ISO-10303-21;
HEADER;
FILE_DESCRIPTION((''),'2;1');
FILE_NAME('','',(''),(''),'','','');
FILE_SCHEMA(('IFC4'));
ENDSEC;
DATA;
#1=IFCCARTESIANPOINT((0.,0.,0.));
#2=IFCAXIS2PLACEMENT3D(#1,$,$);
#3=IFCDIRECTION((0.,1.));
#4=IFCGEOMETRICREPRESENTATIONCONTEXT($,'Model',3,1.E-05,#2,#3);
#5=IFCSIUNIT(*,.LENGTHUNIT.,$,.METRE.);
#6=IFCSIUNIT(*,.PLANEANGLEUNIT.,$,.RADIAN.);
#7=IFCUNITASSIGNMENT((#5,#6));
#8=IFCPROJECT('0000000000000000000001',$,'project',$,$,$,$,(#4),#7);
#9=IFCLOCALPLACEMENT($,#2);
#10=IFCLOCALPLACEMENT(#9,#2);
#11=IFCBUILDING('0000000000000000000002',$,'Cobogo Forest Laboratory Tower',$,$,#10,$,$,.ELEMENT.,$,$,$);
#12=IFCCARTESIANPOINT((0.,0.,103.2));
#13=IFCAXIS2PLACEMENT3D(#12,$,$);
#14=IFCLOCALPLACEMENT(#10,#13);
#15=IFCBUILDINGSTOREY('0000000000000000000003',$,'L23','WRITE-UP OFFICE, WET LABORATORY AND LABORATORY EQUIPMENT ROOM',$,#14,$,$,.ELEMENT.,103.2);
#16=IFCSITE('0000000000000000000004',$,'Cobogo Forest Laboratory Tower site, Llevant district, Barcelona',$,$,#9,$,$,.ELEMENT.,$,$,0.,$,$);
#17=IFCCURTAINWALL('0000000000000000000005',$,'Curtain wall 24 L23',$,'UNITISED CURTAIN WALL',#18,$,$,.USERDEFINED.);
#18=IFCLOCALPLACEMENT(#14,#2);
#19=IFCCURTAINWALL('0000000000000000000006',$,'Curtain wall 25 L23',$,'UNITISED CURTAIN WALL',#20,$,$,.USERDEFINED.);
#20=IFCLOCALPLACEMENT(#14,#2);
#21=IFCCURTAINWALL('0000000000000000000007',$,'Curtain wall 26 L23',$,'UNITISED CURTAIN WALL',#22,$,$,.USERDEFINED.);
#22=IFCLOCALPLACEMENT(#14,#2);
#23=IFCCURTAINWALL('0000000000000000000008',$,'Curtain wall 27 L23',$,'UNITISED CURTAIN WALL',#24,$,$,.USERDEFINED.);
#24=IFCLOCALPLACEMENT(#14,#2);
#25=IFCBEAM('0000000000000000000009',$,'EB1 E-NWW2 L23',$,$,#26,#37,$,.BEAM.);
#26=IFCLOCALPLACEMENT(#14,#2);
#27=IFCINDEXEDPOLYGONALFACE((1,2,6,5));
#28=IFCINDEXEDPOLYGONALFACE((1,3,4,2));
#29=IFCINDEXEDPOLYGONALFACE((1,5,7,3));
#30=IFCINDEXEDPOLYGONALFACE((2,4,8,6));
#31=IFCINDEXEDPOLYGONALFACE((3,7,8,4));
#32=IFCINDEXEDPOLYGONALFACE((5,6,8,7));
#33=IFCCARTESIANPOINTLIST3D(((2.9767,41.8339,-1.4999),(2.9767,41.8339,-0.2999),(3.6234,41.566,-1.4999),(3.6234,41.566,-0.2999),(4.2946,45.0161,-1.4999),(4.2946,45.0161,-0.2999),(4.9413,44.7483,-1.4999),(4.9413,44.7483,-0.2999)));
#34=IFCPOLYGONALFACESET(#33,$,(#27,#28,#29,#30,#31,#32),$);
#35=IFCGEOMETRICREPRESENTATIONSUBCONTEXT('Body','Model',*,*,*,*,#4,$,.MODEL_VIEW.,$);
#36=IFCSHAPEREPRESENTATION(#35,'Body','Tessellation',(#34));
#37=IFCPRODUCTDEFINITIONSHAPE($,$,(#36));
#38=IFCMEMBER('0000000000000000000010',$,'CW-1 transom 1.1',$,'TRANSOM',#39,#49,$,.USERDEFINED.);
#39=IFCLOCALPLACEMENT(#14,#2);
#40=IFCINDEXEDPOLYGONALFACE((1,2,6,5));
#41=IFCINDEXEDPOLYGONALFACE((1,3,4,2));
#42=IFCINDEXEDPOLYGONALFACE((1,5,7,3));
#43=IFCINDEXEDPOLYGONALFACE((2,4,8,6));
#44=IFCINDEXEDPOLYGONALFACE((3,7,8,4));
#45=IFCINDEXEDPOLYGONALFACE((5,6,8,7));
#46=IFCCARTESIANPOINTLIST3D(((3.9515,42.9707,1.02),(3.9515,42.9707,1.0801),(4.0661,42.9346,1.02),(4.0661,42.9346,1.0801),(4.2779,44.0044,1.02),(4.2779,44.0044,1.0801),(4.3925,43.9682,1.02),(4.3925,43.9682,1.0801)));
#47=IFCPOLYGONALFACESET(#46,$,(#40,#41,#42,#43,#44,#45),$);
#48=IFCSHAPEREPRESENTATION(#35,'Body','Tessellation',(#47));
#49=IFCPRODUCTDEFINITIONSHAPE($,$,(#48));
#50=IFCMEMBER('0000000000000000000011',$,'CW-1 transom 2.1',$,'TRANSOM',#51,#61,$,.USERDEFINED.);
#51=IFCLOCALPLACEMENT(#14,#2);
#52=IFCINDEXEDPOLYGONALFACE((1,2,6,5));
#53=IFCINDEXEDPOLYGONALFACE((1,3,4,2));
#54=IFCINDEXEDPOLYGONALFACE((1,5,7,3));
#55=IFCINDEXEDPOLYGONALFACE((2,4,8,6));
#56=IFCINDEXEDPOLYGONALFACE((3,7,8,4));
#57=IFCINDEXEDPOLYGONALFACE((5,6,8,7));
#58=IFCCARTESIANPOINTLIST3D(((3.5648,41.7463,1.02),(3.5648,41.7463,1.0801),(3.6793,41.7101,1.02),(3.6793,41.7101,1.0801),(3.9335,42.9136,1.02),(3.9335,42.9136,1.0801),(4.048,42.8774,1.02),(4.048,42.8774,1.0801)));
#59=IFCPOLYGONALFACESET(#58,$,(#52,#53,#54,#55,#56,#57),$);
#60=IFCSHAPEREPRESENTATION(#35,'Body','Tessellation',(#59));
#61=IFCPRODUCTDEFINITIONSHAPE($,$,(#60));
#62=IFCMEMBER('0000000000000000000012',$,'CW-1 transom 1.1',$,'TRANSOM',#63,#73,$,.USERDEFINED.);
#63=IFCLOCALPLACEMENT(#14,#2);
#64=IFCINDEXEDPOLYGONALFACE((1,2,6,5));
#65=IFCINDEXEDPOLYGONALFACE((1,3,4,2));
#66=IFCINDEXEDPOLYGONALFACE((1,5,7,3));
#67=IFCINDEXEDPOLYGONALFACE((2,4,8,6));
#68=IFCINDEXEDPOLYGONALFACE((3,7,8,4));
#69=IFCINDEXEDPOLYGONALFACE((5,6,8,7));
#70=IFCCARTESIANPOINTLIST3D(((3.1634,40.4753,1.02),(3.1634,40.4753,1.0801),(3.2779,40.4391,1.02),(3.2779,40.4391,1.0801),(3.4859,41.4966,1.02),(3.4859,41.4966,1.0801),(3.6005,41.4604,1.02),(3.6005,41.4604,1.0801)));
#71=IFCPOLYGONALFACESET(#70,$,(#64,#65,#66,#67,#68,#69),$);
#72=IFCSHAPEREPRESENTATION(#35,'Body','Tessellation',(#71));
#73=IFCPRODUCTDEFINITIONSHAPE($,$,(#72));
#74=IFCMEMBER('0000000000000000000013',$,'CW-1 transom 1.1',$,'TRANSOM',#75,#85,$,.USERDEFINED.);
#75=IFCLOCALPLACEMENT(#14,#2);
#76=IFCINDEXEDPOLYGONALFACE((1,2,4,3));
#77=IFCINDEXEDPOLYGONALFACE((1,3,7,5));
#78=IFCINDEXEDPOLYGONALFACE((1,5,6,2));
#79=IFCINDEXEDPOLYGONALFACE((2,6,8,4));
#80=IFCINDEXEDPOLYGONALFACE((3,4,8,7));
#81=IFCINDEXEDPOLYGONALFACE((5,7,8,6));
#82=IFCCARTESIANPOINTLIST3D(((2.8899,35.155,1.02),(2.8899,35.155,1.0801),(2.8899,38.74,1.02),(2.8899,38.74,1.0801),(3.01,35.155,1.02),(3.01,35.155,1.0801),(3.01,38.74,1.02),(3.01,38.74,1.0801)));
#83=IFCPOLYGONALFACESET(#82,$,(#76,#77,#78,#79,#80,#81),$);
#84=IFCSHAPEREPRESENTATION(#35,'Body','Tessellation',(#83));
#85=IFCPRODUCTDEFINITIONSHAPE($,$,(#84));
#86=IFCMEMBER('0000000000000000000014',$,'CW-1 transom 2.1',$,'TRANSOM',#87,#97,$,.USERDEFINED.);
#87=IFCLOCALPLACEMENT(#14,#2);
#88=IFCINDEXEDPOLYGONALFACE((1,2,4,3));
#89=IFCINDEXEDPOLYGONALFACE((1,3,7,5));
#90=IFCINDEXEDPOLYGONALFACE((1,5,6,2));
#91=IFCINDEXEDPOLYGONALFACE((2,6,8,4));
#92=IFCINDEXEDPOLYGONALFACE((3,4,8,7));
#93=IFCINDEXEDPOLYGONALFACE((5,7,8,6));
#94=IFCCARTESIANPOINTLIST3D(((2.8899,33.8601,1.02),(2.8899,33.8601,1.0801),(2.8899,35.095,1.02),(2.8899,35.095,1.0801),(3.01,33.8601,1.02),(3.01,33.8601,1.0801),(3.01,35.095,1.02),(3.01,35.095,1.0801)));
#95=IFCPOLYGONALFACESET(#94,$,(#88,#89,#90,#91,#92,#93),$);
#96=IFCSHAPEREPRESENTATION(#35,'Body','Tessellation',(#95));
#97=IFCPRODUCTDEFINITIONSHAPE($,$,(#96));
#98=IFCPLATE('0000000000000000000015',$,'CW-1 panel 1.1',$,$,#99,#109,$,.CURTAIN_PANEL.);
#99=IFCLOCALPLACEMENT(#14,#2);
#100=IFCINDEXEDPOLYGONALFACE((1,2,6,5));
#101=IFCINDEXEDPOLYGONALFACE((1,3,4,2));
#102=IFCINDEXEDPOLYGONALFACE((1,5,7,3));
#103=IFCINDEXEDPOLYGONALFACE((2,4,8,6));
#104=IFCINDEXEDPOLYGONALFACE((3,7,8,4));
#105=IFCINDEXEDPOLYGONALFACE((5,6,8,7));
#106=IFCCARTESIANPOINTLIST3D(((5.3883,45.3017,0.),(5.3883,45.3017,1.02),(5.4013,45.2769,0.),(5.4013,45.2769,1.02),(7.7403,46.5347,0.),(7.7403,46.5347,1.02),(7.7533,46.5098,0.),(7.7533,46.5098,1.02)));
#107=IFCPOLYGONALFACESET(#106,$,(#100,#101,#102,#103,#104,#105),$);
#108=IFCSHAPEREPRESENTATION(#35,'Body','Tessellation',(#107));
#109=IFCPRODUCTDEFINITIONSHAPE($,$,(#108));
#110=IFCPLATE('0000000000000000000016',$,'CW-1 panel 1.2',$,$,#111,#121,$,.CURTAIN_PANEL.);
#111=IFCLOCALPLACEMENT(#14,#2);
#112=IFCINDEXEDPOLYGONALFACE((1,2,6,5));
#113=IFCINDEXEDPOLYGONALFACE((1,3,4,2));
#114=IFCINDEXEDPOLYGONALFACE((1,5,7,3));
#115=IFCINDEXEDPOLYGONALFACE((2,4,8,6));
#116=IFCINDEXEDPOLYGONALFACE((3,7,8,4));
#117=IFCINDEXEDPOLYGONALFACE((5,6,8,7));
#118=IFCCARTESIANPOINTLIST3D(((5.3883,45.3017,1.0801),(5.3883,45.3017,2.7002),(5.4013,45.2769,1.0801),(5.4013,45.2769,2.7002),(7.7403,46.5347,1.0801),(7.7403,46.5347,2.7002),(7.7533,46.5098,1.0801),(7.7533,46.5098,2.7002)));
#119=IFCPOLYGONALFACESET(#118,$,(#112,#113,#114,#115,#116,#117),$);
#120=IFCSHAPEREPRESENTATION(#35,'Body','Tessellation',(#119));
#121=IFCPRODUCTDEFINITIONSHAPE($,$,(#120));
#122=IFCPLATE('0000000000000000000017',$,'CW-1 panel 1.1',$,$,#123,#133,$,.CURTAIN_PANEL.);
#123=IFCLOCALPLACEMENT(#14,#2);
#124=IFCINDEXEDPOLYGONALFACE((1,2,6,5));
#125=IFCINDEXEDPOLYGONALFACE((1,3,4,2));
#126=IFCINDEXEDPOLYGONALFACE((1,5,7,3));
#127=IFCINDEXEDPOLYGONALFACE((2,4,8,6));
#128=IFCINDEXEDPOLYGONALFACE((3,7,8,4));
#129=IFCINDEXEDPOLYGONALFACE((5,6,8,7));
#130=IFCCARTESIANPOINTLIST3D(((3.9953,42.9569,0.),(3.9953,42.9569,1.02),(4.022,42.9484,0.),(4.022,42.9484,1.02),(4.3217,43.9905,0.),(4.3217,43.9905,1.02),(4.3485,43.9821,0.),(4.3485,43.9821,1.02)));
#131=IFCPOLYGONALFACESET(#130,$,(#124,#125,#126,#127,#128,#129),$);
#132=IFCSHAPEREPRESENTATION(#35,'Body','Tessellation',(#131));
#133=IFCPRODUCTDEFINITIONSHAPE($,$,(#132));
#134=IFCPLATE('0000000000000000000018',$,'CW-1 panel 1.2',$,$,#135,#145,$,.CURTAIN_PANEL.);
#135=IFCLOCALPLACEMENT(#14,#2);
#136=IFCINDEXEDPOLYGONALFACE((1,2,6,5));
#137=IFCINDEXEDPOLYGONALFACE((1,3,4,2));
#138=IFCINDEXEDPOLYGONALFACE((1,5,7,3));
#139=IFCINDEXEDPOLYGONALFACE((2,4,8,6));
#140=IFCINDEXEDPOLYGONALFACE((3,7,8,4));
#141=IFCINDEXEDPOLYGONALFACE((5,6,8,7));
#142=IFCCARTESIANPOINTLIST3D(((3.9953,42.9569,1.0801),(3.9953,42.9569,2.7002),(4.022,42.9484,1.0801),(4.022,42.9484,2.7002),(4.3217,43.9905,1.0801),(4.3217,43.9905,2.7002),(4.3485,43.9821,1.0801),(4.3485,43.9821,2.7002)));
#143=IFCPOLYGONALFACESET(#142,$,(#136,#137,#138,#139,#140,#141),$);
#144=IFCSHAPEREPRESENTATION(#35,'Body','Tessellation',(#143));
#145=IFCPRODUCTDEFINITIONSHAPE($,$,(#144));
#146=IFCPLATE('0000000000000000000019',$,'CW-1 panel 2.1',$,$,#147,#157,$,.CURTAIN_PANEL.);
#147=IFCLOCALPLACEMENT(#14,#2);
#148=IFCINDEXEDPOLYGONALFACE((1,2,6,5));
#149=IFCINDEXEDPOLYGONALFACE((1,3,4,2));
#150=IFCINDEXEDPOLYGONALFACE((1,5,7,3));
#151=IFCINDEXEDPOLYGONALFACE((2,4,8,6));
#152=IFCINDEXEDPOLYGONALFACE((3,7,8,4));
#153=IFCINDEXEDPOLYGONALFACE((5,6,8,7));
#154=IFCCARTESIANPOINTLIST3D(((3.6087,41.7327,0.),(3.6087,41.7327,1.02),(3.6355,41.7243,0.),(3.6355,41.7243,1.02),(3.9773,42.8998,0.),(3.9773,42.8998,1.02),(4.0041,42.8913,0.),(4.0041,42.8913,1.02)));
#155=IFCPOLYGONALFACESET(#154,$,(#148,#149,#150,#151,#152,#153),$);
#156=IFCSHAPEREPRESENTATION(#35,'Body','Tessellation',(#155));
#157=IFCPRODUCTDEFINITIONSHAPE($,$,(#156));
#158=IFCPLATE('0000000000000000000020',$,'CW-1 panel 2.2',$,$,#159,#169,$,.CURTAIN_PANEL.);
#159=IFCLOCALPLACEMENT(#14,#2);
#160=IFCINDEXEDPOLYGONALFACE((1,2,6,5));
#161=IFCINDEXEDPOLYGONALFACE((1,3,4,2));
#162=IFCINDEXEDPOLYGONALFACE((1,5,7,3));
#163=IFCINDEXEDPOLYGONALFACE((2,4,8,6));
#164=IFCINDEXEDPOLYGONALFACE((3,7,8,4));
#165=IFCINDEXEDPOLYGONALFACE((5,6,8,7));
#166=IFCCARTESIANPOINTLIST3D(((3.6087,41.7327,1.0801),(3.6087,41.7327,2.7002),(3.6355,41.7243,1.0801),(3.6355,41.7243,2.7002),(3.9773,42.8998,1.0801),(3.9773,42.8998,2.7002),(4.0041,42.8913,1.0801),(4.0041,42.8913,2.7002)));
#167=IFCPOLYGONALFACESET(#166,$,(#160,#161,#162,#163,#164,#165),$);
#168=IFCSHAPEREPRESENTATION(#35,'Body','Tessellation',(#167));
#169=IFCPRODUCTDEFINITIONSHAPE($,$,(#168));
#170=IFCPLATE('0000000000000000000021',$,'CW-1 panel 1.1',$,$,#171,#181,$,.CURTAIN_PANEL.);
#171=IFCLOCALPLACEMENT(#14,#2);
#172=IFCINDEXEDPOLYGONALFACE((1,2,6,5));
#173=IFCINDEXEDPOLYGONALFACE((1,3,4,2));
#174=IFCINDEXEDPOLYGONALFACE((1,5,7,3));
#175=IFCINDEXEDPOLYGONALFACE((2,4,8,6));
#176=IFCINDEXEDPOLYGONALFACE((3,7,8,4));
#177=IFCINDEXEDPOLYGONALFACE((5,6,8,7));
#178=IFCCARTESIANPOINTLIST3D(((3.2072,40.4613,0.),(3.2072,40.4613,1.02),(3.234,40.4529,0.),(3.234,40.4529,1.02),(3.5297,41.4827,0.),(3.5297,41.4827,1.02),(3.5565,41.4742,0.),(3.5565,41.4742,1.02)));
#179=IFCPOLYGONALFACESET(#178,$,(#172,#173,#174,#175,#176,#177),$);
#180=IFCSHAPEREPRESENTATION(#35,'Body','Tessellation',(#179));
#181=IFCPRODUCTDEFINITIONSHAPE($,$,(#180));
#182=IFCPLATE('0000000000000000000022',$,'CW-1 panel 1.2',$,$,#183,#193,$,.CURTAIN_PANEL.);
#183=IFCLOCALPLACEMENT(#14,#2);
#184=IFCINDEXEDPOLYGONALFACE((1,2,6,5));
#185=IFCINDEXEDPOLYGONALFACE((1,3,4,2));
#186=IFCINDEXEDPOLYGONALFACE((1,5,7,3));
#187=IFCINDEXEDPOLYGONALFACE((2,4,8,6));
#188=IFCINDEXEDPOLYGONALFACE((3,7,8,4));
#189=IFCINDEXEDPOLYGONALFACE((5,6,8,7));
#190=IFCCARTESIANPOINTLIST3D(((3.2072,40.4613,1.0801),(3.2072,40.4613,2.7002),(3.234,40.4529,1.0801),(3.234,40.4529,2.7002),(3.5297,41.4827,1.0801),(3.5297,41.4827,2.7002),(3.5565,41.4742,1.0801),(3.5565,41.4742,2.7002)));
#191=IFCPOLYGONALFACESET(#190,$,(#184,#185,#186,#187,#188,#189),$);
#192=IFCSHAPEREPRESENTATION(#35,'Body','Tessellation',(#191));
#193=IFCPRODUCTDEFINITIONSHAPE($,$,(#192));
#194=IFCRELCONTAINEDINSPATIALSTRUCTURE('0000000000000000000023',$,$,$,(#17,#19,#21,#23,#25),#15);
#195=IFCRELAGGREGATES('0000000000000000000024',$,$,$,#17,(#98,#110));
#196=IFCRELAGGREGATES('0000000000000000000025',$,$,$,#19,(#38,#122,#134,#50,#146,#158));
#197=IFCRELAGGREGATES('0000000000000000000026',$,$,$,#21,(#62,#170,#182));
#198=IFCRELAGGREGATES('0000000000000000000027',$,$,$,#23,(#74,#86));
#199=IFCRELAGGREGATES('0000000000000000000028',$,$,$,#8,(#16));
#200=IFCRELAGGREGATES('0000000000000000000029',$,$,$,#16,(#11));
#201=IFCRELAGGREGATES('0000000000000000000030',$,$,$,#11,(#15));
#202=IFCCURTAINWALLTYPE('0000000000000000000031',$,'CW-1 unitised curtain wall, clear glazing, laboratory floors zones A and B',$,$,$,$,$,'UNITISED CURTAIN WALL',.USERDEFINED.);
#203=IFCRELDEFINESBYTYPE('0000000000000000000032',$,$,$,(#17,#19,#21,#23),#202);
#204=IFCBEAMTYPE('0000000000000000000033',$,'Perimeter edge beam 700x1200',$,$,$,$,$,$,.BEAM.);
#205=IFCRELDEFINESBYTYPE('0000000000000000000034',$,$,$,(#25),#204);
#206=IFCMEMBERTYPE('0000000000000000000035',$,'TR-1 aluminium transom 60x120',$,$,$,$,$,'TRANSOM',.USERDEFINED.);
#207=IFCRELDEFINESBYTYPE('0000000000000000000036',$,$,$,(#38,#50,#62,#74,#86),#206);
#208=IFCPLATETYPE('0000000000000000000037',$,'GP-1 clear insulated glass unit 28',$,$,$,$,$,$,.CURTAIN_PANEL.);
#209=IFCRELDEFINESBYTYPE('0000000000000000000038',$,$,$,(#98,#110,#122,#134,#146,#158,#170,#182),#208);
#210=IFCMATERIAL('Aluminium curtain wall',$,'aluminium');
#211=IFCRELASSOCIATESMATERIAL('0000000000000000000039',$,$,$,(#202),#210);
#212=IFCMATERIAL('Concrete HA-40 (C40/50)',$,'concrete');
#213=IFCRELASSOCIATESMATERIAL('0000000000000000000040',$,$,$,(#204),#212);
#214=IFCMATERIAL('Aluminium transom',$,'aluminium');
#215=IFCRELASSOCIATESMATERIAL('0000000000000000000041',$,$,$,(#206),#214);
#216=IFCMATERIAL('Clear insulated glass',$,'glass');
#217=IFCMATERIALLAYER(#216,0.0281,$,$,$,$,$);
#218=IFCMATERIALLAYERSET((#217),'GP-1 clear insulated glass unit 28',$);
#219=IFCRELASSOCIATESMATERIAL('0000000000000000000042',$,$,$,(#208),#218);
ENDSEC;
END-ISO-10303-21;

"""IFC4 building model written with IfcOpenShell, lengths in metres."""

from ifc_helpers import new_model, si_unit, direction, frame, origin, origin_2d, place, context, subcontext, project, spatial, rectangle, extrude, material, layer, layer_set, material_profile, profile_set, type_object, element, aggregate, save


model = new_model("IFC4")

# Units and contexts
model_context = context("Model", 3, precision=1e-05, world=origin(), true_north=direction((0.0, 1.0)))
body_context = subcontext(model_context, "Body", "Model", "MODEL_VIEW")
ifc_project = project(units=[si_unit("LENGTHUNIT", "METRE"), si_unit("PLANEANGLEUNIT", "RADIAN")], contexts=[model_context])

# Site, building, storey
site_placement = place(None, origin())
site = spatial("IfcSite", under=ifc_project, at=site_placement, Name="Cobogo Forest Laboratory Tower site, Llevant district, Barcelona", CompositionType="ELEMENT", RefElevation=0.0)
building_placement = place(site_placement, origin())
building = spatial("IfcBuilding", under=site, at=building_placement, Name="Cobogo Forest Laboratory Tower", CompositionType="ELEMENT")
storey_placement = place(building_placement, frame((0.0, 0.0, 103.2)))
storey = spatial("IfcBuildingStorey", under=building, at=storey_placement, Name="L23", Description="WRITE-UP OFFICE, WET LABORATORY AND LABORATORY EQUIPMENT ROOM", CompositionType="ELEMENT", Elevation=103.2)

# Shared definitions
ifc_material_1 = material(Name="Concrete HA-40 (C40/50)", Category="concrete")

# Curtain wall
ifc_material_2 = material(Name="Aluminium curtain wall", Category="aluminium")
curtain_wall_type = type_object("IfcCurtainWallType", Name="CW-1 unitised curtain wall, clear glazing, laboratory floors zones A and B", ElementType="UNITISED CURTAIN WALL", PredefinedType="USERDEFINED", material=ifc_material_2)
curtain_wall_1_placement = place(storey_placement, origin())
curtain_wall_1 = element("IfcCurtainWall", 1, at=curtain_wall_1_placement, inside=storey, type_object=curtain_wall_type, Name="Curtain wall 24 L23", ObjectType="UNITISED CURTAIN WALL", PredefinedType="USERDEFINED")

# Curtain walls
curtain_wall_2_placement = place(storey_placement, origin())
curtain_wall_2 = element("IfcCurtainWall", 2, at=curtain_wall_2_placement, inside=storey, type_object=curtain_wall_type, Name="Curtain wall 25 L23", ObjectType="UNITISED CURTAIN WALL", PredefinedType="USERDEFINED")
curtain_wall_3_placement = place(storey_placement, origin())
curtain_wall_3 = element("IfcCurtainWall", 3, at=curtain_wall_3_placement, inside=storey, type_object=curtain_wall_type, Name="Curtain wall 26 L23", ObjectType="UNITISED CURTAIN WALL", PredefinedType="USERDEFINED")
curtain_wall_4_placement = place(storey_placement, origin())
curtain_wall_4 = element("IfcCurtainWall", 4, at=curtain_wall_4_placement, inside=storey, type_object=curtain_wall_type, Name="Curtain wall 27 L23", ObjectType="UNITISED CURTAIN WALL", PredefinedType="USERDEFINED")

# Beam
ifc_material_profile_1 = material_profile(ifc_material_1, rectangle(XDim=0.7, YDim=1.2, at=origin_2d()), Name="RC 700x1200")
ifc_profile_set_1 = profile_set([ifc_material_profile_1], Name="Concrete HA-40 (C40/50)")
beam_type_1 = type_object("IfcBeamType", Name="Perimeter edge beam 700x1200", PredefinedType="BEAM", material=ifc_profile_set_1)
beam_1_placement = place(storey_placement, frame((3.3, 41.7, -0.8999), z_axis=(0.382631, 0.923901, 0.0), x_axis=(-0.923901, 0.382631, 0.0)))
element("IfcBeam", 5, at=beam_1_placement, inside=storey, type_object=beam_type_1, Name="EB1 E-NWW2 L23", PredefinedType="BEAM", context=body_context, shape_type="SweptSolid", body=[
    extrude(rectangle(XDim=0.7, YDim=1.2, at=origin_2d()), origin(), (0.0, 0.0, 1.0), 3.4443),
])

# Members
ifc_material_3 = material(Name="Aluminium transom", Category="aluminium")
ifc_material_profile_2 = material_profile(ifc_material_3, rectangle(XDim=0.1201, YDim=0.0601, at=origin_2d()), Name="AL 60x120")
ifc_profile_set_2 = profile_set([ifc_material_profile_2], Name="Aluminium transom")
member_type_1 = type_object("IfcMemberType", Name="TR-1 aluminium transom 60x120", ElementType="TRANSOM", PredefinedType="USERDEFINED", material=ifc_profile_set_2)
member_1_placement = place(storey_placement, frame((4.3352, 43.9863, 1.05), z_axis=(-0.301121, -0.953586, 0.0), x_axis=(0.953586, -0.301121, 0.0)))
member_1 = element("IfcMember", 6, at=member_1_placement, type_object=member_type_1, Name="CW-1 transom 1.1", ObjectType="TRANSOM", PredefinedType="USERDEFINED", context=body_context, shape_type="SweptSolid", body=[
    extrude(rectangle(XDim=0.1201, YDim=0.0601, at=origin_2d()), origin(), (0.0, 0.0, 1.0), 1.084),
])
member_2_placement = place(storey_placement, frame((3.9907, 42.8955, 1.05), z_axis=(-0.30117, -0.953571, 0.0), x_axis=(0.953571, -0.30117, 0.0)))
member_2 = element("IfcMember", 7, at=member_2_placement, type_object=member_type_1, Name="CW-1 transom 2.1", ObjectType="TRANSOM", PredefinedType="USERDEFINED", context=body_context, shape_type="SweptSolid", body=[
    extrude(rectangle(XDim=0.1201, YDim=0.0601, at=origin_2d()), origin(), (0.0, 0.0, 1.0), 1.2241),
])
member_3_placement = place(storey_placement, frame((3.5432, 41.4785, 1.05), z_axis=(-0.301142, -0.953579, 0.0), x_axis=(0.953579, -0.301142, 0.0)))
member_3 = element("IfcMember", 8, at=member_3_placement, type_object=member_type_1, Name="CW-1 transom 1.1", ObjectType="TRANSOM", PredefinedType="USERDEFINED", context=body_context, shape_type="SweptSolid", body=[
    extrude(rectangle(XDim=0.1201, YDim=0.0601, at=origin_2d()), origin(), (0.0, 0.0, 1.0), 1.071),
])
member_4_placement = place(storey_placement, frame((2.95, 38.74, 1.05), z_axis=(0.0, -1.0, 0.0), x_axis=(1.0, 0.0, 0.0)))
member_4 = element("IfcMember", 9, at=member_4_placement, type_object=member_type_1, Name="CW-1 transom 1.1", ObjectType="TRANSOM", PredefinedType="USERDEFINED", context=body_context, shape_type="SweptSolid", body=[
    extrude(rectangle(XDim=0.1201, YDim=0.0601, at=origin_2d()), origin(), (0.0, 0.0, 1.0), 3.585),
])
member_5_placement = place(storey_placement, frame((2.95, 35.095, 1.05), z_axis=(0.0, -1.0, 0.0), x_axis=(1.0, 0.0, 0.0)))
member_5 = element("IfcMember", 10, at=member_5_placement, type_object=member_type_1, Name="CW-1 transom 2.1", ObjectType="TRANSOM", PredefinedType="USERDEFINED", context=body_context, shape_type="SweptSolid", body=[
    extrude(rectangle(XDim=0.1201, YDim=0.0601, at=origin_2d()), origin(), (0.0, 0.0, 1.0), 1.2349),
])

# Plates
ifc_material_4 = material(Name="Clear insulated glass", Category="glass")
ifc_layer_1 = layer(ifc_material_4, 0.0281)
ifc_layer_set_1 = layer_set([ifc_layer_1], Name="GP-1 clear insulated glass unit 28")
plate_type = type_object("IfcPlateType", Name="GP-1 clear insulated glass unit 28", PredefinedType="CURTAIN_PANEL", material=ifc_layer_set_1)
plate_1_placement = place(storey_placement, frame((6.5708, 45.9058, 0.0), z_axis=(0.0, 0.0, 1.0), x_axis=(-0.885687, -0.464284, 0.0)))
plate_1 = element("IfcPlate", 11, at=plate_1_placement, type_object=plate_type, Name="CW-1 panel 1.1", PredefinedType="CURTAIN_PANEL", context=body_context, shape_type="SweptSolid", body=[
    extrude(rectangle(XDim=2.6555, YDim=0.0281, at=origin_2d()), origin(), (0.0, 0.0, 1.0), 1.02),
])
plate_2_placement = place(storey_placement, frame((6.5708, 45.9058, 1.0801), z_axis=(0.0, 0.0, 1.0), x_axis=(-0.885687, -0.464284, 0.0)))
plate_2 = element("IfcPlate", 12, at=plate_2_placement, type_object=plate_type, Name="CW-1 panel 1.2", PredefinedType="CURTAIN_PANEL", context=body_context, shape_type="SweptSolid", body=[
    extrude(rectangle(XDim=2.6555, YDim=0.0281, at=origin_2d()), origin(), (0.0, 0.0, 1.0), 1.6201),
])
aggregate(curtain_wall_1, [plate_1, plate_2])
plate_3_placement = place(storey_placement, frame((4.1719, 43.4695, 0.0), z_axis=(0.0, 0.0, 1.0), x_axis=(-0.301135, -0.953581, 0.0)))
plate_3 = element("IfcPlate", 13, at=plate_3_placement, type_object=plate_type, Name="CW-1 panel 1.1", PredefinedType="CURTAIN_PANEL", context=body_context, shape_type="SweptSolid", body=[
    extrude(rectangle(XDim=1.084, YDim=0.0281, at=origin_2d()), origin(), (0.0, 0.0, 1.0), 1.02),
])
plate_4_placement = place(storey_placement, frame((4.1719, 43.4695, 1.0801), z_axis=(0.0, 0.0, 1.0), x_axis=(-0.301135, -0.953581, 0.0)))
plate_4 = element("IfcPlate", 14, at=plate_4_placement, type_object=plate_type, Name="CW-1 panel 1.2", PredefinedType="CURTAIN_PANEL", context=body_context, shape_type="SweptSolid", body=[
    extrude(rectangle(XDim=1.084, YDim=0.0281, at=origin_2d()), origin(), (0.0, 0.0, 1.0), 1.6201),
])
plate_5_placement = place(storey_placement, frame((3.8064, 42.312, 0.0), z_axis=(0.0, 0.0, 1.0), x_axis=(-0.301135, -0.953581, 0.0)))
plate_5 = element("IfcPlate", 15, at=plate_5_placement, type_object=plate_type, Name="CW-1 panel 2.1", PredefinedType="CURTAIN_PANEL", context=body_context, shape_type="SweptSolid", body=[
    extrude(rectangle(XDim=1.2239, YDim=0.0281, at=origin_2d()), origin(), (0.0, 0.0, 1.0), 1.02),
])
plate_6_placement = place(storey_placement, frame((3.8064, 42.312, 1.0801), z_axis=(0.0, 0.0, 1.0), x_axis=(-0.301135, -0.953581, 0.0)))
plate_6 = element("IfcPlate", 16, at=plate_6_placement, type_object=plate_type, Name="CW-1 panel 2.2", PredefinedType="CURTAIN_PANEL", context=body_context, shape_type="SweptSolid", body=[
    extrude(rectangle(XDim=1.2239, YDim=0.0281, at=origin_2d()), origin(), (0.0, 0.0, 1.0), 1.6201),
])
aggregate(curtain_wall_2, [member_1, plate_3, plate_4, member_2, plate_5, plate_6])
plate_7_placement = place(storey_placement, frame((3.3818, 40.9678, 0.0), z_axis=(0.0, 0.0, 1.0), x_axis=(-0.301136, -0.953581, 0.0)))
plate_7 = element("IfcPlate", 17, at=plate_7_placement, type_object=plate_type, Name="CW-1 panel 1.1", PredefinedType="CURTAIN_PANEL", context=body_context, shape_type="SweptSolid", body=[
    extrude(rectangle(XDim=1.071, YDim=0.0281, at=origin_2d()), origin(), (0.0, 0.0, 1.0), 1.02),
])
plate_8_placement = place(storey_placement, frame((3.3818, 40.9678, 1.0801), z_axis=(0.0, 0.0, 1.0), x_axis=(-0.301136, -0.953581, 0.0)))
plate_8 = element("IfcPlate", 18, at=plate_8_placement, type_object=plate_type, Name="CW-1 panel 1.2", PredefinedType="CURTAIN_PANEL", context=body_context, shape_type="SweptSolid", body=[
    extrude(rectangle(XDim=1.071, YDim=0.0281, at=origin_2d()), origin(), (0.0, 0.0, 1.0), 1.6201),
])
aggregate(curtain_wall_3, [member_3, plate_7, plate_8])
aggregate(curtain_wall_4, [member_4, member_5])

save(model, "model.ifc")
